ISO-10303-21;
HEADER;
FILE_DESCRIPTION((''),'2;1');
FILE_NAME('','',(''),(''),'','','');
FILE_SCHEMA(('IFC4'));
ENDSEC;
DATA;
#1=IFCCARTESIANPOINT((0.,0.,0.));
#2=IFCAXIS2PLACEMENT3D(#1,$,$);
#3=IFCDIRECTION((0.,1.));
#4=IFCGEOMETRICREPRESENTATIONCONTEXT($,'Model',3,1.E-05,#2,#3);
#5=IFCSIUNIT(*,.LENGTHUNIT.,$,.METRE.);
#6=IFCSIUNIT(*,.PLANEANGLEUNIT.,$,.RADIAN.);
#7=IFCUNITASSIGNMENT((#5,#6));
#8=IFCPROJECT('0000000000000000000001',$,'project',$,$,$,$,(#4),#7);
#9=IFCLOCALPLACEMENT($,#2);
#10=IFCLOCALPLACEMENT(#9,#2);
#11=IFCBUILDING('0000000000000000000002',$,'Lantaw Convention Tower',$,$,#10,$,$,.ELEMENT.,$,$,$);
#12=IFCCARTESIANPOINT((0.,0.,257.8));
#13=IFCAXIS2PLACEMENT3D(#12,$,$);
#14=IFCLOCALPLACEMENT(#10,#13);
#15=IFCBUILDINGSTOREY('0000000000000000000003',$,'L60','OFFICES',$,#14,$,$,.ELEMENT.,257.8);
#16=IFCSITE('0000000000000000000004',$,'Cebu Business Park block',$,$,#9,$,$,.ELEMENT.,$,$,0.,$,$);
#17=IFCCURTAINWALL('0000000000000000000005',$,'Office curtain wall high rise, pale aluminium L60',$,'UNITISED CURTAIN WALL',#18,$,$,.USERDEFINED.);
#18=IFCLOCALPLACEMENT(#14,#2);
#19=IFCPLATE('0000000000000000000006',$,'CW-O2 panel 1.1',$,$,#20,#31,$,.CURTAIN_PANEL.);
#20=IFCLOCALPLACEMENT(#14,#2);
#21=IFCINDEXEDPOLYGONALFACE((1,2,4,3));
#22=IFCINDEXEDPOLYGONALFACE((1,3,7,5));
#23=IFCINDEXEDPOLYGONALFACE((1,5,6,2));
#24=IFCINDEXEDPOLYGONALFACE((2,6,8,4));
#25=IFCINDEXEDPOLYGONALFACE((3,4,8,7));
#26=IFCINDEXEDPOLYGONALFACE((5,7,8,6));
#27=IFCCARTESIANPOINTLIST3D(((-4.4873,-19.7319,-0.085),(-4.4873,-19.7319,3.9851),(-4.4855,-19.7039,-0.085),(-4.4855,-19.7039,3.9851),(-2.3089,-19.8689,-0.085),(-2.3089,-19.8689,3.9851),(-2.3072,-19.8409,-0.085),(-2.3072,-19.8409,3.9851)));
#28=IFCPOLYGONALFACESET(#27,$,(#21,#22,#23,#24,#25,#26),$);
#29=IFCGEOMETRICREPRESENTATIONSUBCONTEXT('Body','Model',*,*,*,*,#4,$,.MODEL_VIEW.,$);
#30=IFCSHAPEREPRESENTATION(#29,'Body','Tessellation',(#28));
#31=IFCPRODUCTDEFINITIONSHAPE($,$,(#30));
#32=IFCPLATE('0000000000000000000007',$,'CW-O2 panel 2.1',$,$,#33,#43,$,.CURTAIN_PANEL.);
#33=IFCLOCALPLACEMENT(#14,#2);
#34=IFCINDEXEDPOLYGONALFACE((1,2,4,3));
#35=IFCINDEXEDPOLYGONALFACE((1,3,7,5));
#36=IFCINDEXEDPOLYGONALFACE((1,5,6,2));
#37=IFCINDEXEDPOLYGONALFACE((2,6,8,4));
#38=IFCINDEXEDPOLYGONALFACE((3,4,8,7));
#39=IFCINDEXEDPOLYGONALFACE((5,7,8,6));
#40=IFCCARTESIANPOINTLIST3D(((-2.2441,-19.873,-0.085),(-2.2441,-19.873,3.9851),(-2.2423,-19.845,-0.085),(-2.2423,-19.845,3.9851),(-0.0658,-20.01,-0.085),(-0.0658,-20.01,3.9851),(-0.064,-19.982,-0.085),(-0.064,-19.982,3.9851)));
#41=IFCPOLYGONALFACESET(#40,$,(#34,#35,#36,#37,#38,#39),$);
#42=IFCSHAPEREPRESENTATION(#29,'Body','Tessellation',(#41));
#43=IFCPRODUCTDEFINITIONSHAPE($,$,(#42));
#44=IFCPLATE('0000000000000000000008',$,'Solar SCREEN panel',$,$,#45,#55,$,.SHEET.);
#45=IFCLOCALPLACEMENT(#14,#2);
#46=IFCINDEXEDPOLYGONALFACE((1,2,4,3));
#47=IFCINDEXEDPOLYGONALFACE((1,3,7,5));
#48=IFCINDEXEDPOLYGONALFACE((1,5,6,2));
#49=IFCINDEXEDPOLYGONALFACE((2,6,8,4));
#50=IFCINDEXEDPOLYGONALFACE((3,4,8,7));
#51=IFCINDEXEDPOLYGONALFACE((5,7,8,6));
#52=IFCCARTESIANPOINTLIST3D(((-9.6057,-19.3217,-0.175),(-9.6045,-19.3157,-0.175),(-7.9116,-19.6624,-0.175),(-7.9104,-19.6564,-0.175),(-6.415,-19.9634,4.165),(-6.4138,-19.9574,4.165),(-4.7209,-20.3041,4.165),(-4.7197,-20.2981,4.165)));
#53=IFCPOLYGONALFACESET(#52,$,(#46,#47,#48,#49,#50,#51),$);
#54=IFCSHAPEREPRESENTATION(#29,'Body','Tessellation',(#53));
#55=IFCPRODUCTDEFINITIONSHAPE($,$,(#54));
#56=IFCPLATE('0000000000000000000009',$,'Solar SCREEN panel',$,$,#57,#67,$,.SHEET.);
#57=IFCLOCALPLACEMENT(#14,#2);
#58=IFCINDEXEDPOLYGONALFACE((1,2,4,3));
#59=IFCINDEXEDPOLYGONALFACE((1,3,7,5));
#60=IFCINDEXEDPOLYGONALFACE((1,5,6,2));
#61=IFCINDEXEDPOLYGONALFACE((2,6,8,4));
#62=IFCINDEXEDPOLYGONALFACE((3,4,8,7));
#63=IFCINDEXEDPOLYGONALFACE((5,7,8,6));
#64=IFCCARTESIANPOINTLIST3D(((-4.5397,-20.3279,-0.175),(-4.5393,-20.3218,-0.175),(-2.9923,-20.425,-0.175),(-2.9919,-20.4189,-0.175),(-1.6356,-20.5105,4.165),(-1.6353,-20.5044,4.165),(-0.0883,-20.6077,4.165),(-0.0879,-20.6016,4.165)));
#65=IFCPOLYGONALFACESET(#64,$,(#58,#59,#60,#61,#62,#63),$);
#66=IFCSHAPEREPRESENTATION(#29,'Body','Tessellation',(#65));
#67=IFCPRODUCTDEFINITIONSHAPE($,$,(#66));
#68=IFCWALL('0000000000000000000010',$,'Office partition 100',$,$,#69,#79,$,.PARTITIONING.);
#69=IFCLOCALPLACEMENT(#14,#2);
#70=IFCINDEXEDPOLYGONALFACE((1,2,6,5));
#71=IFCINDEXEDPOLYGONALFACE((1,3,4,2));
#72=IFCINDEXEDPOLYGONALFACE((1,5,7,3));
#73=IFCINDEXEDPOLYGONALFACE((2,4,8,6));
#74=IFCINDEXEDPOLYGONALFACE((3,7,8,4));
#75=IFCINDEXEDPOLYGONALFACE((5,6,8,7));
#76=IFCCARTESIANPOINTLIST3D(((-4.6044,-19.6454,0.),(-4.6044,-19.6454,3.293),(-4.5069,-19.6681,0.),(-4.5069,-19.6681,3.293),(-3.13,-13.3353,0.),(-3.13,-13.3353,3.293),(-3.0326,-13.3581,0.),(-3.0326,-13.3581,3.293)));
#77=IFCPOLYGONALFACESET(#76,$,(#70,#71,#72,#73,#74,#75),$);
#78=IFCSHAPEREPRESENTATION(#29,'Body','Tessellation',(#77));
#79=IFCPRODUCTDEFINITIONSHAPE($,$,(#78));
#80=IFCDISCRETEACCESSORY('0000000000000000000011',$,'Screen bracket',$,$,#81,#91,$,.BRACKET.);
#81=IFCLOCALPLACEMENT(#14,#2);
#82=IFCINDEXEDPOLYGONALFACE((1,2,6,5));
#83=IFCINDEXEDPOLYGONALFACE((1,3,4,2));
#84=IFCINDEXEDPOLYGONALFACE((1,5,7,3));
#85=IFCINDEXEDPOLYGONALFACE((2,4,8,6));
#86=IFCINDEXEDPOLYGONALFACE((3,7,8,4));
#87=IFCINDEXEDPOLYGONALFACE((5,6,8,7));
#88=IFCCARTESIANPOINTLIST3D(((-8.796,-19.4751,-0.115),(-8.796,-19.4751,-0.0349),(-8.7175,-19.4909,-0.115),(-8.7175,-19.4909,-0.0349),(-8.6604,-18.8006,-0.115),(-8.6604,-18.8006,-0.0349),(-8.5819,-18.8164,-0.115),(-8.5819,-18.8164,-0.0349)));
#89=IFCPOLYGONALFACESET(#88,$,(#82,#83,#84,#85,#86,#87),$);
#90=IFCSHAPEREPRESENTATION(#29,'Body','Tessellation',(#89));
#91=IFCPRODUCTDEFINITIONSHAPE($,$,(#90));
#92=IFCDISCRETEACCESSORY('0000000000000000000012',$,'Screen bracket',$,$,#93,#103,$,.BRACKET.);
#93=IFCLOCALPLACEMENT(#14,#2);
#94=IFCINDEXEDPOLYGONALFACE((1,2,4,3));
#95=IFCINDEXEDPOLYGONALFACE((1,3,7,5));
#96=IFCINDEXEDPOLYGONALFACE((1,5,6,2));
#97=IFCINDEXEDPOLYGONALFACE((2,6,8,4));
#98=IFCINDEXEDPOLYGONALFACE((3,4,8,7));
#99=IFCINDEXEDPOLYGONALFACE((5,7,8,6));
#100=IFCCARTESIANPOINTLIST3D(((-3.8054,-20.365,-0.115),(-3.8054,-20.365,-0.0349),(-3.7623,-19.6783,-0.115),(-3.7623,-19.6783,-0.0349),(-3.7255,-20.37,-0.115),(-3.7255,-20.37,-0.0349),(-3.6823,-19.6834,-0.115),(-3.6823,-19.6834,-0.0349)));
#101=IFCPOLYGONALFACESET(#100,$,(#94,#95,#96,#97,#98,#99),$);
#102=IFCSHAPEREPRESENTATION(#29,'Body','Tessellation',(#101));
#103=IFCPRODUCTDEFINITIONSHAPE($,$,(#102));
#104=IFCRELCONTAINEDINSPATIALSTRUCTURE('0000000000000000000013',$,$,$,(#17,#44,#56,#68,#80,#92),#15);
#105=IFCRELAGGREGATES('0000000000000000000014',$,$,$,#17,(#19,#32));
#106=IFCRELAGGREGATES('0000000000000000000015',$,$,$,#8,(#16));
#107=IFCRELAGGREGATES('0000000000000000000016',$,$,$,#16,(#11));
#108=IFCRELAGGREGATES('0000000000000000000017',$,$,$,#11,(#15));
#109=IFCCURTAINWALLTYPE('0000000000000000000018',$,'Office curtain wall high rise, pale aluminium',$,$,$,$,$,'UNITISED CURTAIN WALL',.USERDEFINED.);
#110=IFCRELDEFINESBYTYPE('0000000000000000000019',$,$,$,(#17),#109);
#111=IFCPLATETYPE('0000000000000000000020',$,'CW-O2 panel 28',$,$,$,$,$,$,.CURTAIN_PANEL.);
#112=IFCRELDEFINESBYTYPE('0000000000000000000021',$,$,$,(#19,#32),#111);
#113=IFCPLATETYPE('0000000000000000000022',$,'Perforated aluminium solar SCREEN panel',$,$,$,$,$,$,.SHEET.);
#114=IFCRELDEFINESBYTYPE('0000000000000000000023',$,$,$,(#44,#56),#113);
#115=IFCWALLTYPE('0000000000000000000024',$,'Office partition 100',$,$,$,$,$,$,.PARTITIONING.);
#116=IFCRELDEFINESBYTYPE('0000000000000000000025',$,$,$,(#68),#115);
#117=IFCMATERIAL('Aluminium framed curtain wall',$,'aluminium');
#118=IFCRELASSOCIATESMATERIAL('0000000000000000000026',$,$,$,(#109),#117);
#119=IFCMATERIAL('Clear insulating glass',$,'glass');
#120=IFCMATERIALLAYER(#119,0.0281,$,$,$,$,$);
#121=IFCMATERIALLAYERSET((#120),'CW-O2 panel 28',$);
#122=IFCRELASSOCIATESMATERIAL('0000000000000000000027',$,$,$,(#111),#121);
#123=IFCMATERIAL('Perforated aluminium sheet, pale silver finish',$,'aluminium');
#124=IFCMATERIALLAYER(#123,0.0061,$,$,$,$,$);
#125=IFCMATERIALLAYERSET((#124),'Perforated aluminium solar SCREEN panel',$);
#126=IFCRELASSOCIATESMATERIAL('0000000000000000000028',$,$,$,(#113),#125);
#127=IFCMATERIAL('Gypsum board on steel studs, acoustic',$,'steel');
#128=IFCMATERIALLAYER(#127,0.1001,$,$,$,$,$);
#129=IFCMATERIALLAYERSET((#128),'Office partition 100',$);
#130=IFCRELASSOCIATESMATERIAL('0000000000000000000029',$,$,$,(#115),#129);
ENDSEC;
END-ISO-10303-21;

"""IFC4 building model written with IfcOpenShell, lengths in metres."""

from ifc_helpers import new_model, si_unit, direction, frame, frame_2d, origin, origin_2d, place, context, subcontext, project, spatial, polyline, rectangle, outline, extrude, material, layer, layer_set, type_object, element, aggregate, save


model = new_model("IFC4")

# Units and contexts
model_context = context("Model", 3, precision=1e-05, world=origin(), true_north=direction((0.0, 1.0)))
body_context = subcontext(model_context, "Body", "Model", "MODEL_VIEW")
ifc_project = project(units=[si_unit("LENGTHUNIT", "METRE"), si_unit("PLANEANGLEUNIT", "RADIAN")], contexts=[model_context])

# Site, building, storey
site_placement = place(None, origin())
site = spatial("IfcSite", under=ifc_project, at=site_placement, Name="Cebu Business Park block", CompositionType="ELEMENT", RefElevation=0.0)
building_placement = place(site_placement, origin())
building = spatial("IfcBuilding", under=site, at=building_placement, Name="Lantaw Convention Tower", CompositionType="ELEMENT")
storey_placement = place(building_placement, frame((0.0, 0.0, 257.8)))
storey = spatial("IfcBuildingStorey", under=building, at=storey_placement, Name="L60", Description="OFFICES", CompositionType="ELEMENT", Elevation=257.8)

# Curtain wall
ifc_material_1 = material(Name="Aluminium framed curtain wall", Category="aluminium")
curtain_wall_type = type_object("IfcCurtainWallType", Name="Office curtain wall high rise, pale aluminium", ElementType="UNITISED CURTAIN WALL", PredefinedType="USERDEFINED", material=ifc_material_1)
curtain_wall_1_placement = place(storey_placement, origin())
curtain_wall_1 = element("IfcCurtainWall", 1, at=curtain_wall_1_placement, inside=storey, type_object=curtain_wall_type, Name="Office curtain wall high rise, pale aluminium L60", ObjectType="UNITISED CURTAIN WALL", PredefinedType="USERDEFINED")

# Plates
ifc_material_2 = material(Name="Clear insulating glass", Category="glass")
ifc_layer_1 = layer(ifc_material_2, 0.0281)
ifc_layer_set_1 = layer_set([ifc_layer_1], Name="CW-O2 panel 28")
plate_type_1 = type_object("IfcPlateType", Name="CW-O2 panel 28", PredefinedType="CURTAIN_PANEL", material=ifc_layer_set_1)
plate_1_placement = place(storey_placement, frame((-3.3972, -19.7864, -0.085), z_axis=(0.0, 0.0, 1.0), x_axis=(0.998029, -0.062758, 0.0)))
plate_1 = element("IfcPlate", 2, at=plate_1_placement, type_object=plate_type_1, Name="CW-O2 panel 1.1", PredefinedType="CURTAIN_PANEL", context=body_context, shape_type="SweptSolid", body=[
    extrude(rectangle(XDim=2.1826, YDim=0.0281, at=origin_2d()), origin(), (0.0, 0.0, 1.0), 4.0701),
])
plate_2_placement = place(storey_placement, frame((-1.1541, -19.9275, -0.085), z_axis=(0.0, 0.0, 1.0), x_axis=(0.998029, -0.062758, 0.0)))
plate_2 = element("IfcPlate", 3, at=plate_2_placement, type_object=plate_type_1, Name="CW-O2 panel 2.1", PredefinedType="CURTAIN_PANEL", context=body_context, shape_type="SweptSolid", body=[
    extrude(rectangle(XDim=2.1826, YDim=0.0281, at=origin_2d()), origin(), (0.0, 0.0, 1.0), 4.0701),
])
aggregate(curtain_wall_1, [plate_1, plate_2])

# Plates
ifc_material_3 = material(Name="Perforated aluminium sheet, pale silver finish", Category="aluminium")
ifc_layer_2 = layer(ifc_material_3, 0.0061)
ifc_layer_set_2 = layer_set([ifc_layer_2], Name="Perforated aluminium solar SCREEN panel")
plate_type_2 = type_object("IfcPlateType", Name="Perforated aluminium solar SCREEN panel", PredefinedType="SHEET", material=ifc_layer_set_2)
plate_3_placement = place(storey_placement, frame((-9.6045, -19.3157, -0.175), z_axis=(0.197162, 0.980371, 0.000011), x_axis=(0.980371, -0.197162, 0.0)))
element("IfcPlate", 4, at=plate_3_placement, inside=storey, type_object=plate_type_2, Name="Solar SCREEN panel", PredefinedType="SHEET", context=body_context, shape_type="SweptSolid", body=[
    extrude(outline(polyline([(0.0, 0.0), (1.728, 0.0), (4.9826, -4.3401), (3.2545, -4.3401), (0.0, 0.0)])), origin(), (0.0, 0.0, -1.0), 0.0061),
])
plate_4_placement = place(storey_placement, frame((-4.5393, -20.3218, -0.175), z_axis=(0.062672, 0.998034, 0.000059), x_axis=(0.998034, -0.062672, 0.0)))
element("IfcPlate", 5, at=plate_4_placement, inside=storey, type_object=plate_type_2, Name="Solar SCREEN panel", PredefinedType="SHEET", context=body_context, shape_type="SweptSolid", body=[
    extrude(outline(polyline([(0.0, 0.0), (1.5504, 0.0), (4.4602, -4.3401), (2.9098, -4.3401), (0.0, 0.0)])), origin(), (0.0, 0.0, -1.0), 0.0061),
])

# Wall
ifc_material_4 = material(Name="Gypsum board on steel studs, acoustic", Category="steel")
ifc_layer_3 = layer(ifc_material_4, 0.1001)
ifc_layer_set_3 = layer_set([ifc_layer_3], Name="Office partition 100")
wall_type = type_object("IfcWallType", Name="Office partition 100", PredefinedType="PARTITIONING", material=ifc_layer_set_3)
wall_placement = place(storey_placement, frame((-4.5557, -19.6567, 0.0), z_axis=(0.0, 0.0, 1.0), x_axis=(0.227525, 0.973772, 0.0)))
element("IfcWall", 6, at=wall_placement, inside=storey, type_object=wall_type, Name="Office partition 100", PredefinedType="PARTITIONING", context=body_context, shape_type="SweptSolid", body=[
    extrude(rectangle(XDim=6.48, YDim=0.1001, at=frame_2d((3.24, 0.0))), origin(), (0.0, 0.0, 1.0), 3.293),
])

# Discrete accessories
for number, where, z_axis, x_axis, name in (
    (7, (-8.689, -19.1458, -0.115), (0.0, 0.0, 1.0), (0.980367, -0.197183, 0.0), "Screen bracket"),
    (8, (-3.7439, -20.0242, -0.115), (0.0, 0.0, 1.0), (0.998029, -0.062758, 0.0), "Screen bracket"),
):
    element("IfcDiscreteAccessory", number, at=place(storey_placement, frame(where, z_axis=z_axis, x_axis=x_axis)), inside=storey, Name=name, PredefinedType="BRACKET", context=body_context, shape_type="SweptSolid", body=[
        extrude(rectangle(XDim=0.0801, YDim=0.688, at=origin_2d()), origin(), (0.0, 0.0, 1.0), 0.0801),
    ])

save(model, "model.ifc")
